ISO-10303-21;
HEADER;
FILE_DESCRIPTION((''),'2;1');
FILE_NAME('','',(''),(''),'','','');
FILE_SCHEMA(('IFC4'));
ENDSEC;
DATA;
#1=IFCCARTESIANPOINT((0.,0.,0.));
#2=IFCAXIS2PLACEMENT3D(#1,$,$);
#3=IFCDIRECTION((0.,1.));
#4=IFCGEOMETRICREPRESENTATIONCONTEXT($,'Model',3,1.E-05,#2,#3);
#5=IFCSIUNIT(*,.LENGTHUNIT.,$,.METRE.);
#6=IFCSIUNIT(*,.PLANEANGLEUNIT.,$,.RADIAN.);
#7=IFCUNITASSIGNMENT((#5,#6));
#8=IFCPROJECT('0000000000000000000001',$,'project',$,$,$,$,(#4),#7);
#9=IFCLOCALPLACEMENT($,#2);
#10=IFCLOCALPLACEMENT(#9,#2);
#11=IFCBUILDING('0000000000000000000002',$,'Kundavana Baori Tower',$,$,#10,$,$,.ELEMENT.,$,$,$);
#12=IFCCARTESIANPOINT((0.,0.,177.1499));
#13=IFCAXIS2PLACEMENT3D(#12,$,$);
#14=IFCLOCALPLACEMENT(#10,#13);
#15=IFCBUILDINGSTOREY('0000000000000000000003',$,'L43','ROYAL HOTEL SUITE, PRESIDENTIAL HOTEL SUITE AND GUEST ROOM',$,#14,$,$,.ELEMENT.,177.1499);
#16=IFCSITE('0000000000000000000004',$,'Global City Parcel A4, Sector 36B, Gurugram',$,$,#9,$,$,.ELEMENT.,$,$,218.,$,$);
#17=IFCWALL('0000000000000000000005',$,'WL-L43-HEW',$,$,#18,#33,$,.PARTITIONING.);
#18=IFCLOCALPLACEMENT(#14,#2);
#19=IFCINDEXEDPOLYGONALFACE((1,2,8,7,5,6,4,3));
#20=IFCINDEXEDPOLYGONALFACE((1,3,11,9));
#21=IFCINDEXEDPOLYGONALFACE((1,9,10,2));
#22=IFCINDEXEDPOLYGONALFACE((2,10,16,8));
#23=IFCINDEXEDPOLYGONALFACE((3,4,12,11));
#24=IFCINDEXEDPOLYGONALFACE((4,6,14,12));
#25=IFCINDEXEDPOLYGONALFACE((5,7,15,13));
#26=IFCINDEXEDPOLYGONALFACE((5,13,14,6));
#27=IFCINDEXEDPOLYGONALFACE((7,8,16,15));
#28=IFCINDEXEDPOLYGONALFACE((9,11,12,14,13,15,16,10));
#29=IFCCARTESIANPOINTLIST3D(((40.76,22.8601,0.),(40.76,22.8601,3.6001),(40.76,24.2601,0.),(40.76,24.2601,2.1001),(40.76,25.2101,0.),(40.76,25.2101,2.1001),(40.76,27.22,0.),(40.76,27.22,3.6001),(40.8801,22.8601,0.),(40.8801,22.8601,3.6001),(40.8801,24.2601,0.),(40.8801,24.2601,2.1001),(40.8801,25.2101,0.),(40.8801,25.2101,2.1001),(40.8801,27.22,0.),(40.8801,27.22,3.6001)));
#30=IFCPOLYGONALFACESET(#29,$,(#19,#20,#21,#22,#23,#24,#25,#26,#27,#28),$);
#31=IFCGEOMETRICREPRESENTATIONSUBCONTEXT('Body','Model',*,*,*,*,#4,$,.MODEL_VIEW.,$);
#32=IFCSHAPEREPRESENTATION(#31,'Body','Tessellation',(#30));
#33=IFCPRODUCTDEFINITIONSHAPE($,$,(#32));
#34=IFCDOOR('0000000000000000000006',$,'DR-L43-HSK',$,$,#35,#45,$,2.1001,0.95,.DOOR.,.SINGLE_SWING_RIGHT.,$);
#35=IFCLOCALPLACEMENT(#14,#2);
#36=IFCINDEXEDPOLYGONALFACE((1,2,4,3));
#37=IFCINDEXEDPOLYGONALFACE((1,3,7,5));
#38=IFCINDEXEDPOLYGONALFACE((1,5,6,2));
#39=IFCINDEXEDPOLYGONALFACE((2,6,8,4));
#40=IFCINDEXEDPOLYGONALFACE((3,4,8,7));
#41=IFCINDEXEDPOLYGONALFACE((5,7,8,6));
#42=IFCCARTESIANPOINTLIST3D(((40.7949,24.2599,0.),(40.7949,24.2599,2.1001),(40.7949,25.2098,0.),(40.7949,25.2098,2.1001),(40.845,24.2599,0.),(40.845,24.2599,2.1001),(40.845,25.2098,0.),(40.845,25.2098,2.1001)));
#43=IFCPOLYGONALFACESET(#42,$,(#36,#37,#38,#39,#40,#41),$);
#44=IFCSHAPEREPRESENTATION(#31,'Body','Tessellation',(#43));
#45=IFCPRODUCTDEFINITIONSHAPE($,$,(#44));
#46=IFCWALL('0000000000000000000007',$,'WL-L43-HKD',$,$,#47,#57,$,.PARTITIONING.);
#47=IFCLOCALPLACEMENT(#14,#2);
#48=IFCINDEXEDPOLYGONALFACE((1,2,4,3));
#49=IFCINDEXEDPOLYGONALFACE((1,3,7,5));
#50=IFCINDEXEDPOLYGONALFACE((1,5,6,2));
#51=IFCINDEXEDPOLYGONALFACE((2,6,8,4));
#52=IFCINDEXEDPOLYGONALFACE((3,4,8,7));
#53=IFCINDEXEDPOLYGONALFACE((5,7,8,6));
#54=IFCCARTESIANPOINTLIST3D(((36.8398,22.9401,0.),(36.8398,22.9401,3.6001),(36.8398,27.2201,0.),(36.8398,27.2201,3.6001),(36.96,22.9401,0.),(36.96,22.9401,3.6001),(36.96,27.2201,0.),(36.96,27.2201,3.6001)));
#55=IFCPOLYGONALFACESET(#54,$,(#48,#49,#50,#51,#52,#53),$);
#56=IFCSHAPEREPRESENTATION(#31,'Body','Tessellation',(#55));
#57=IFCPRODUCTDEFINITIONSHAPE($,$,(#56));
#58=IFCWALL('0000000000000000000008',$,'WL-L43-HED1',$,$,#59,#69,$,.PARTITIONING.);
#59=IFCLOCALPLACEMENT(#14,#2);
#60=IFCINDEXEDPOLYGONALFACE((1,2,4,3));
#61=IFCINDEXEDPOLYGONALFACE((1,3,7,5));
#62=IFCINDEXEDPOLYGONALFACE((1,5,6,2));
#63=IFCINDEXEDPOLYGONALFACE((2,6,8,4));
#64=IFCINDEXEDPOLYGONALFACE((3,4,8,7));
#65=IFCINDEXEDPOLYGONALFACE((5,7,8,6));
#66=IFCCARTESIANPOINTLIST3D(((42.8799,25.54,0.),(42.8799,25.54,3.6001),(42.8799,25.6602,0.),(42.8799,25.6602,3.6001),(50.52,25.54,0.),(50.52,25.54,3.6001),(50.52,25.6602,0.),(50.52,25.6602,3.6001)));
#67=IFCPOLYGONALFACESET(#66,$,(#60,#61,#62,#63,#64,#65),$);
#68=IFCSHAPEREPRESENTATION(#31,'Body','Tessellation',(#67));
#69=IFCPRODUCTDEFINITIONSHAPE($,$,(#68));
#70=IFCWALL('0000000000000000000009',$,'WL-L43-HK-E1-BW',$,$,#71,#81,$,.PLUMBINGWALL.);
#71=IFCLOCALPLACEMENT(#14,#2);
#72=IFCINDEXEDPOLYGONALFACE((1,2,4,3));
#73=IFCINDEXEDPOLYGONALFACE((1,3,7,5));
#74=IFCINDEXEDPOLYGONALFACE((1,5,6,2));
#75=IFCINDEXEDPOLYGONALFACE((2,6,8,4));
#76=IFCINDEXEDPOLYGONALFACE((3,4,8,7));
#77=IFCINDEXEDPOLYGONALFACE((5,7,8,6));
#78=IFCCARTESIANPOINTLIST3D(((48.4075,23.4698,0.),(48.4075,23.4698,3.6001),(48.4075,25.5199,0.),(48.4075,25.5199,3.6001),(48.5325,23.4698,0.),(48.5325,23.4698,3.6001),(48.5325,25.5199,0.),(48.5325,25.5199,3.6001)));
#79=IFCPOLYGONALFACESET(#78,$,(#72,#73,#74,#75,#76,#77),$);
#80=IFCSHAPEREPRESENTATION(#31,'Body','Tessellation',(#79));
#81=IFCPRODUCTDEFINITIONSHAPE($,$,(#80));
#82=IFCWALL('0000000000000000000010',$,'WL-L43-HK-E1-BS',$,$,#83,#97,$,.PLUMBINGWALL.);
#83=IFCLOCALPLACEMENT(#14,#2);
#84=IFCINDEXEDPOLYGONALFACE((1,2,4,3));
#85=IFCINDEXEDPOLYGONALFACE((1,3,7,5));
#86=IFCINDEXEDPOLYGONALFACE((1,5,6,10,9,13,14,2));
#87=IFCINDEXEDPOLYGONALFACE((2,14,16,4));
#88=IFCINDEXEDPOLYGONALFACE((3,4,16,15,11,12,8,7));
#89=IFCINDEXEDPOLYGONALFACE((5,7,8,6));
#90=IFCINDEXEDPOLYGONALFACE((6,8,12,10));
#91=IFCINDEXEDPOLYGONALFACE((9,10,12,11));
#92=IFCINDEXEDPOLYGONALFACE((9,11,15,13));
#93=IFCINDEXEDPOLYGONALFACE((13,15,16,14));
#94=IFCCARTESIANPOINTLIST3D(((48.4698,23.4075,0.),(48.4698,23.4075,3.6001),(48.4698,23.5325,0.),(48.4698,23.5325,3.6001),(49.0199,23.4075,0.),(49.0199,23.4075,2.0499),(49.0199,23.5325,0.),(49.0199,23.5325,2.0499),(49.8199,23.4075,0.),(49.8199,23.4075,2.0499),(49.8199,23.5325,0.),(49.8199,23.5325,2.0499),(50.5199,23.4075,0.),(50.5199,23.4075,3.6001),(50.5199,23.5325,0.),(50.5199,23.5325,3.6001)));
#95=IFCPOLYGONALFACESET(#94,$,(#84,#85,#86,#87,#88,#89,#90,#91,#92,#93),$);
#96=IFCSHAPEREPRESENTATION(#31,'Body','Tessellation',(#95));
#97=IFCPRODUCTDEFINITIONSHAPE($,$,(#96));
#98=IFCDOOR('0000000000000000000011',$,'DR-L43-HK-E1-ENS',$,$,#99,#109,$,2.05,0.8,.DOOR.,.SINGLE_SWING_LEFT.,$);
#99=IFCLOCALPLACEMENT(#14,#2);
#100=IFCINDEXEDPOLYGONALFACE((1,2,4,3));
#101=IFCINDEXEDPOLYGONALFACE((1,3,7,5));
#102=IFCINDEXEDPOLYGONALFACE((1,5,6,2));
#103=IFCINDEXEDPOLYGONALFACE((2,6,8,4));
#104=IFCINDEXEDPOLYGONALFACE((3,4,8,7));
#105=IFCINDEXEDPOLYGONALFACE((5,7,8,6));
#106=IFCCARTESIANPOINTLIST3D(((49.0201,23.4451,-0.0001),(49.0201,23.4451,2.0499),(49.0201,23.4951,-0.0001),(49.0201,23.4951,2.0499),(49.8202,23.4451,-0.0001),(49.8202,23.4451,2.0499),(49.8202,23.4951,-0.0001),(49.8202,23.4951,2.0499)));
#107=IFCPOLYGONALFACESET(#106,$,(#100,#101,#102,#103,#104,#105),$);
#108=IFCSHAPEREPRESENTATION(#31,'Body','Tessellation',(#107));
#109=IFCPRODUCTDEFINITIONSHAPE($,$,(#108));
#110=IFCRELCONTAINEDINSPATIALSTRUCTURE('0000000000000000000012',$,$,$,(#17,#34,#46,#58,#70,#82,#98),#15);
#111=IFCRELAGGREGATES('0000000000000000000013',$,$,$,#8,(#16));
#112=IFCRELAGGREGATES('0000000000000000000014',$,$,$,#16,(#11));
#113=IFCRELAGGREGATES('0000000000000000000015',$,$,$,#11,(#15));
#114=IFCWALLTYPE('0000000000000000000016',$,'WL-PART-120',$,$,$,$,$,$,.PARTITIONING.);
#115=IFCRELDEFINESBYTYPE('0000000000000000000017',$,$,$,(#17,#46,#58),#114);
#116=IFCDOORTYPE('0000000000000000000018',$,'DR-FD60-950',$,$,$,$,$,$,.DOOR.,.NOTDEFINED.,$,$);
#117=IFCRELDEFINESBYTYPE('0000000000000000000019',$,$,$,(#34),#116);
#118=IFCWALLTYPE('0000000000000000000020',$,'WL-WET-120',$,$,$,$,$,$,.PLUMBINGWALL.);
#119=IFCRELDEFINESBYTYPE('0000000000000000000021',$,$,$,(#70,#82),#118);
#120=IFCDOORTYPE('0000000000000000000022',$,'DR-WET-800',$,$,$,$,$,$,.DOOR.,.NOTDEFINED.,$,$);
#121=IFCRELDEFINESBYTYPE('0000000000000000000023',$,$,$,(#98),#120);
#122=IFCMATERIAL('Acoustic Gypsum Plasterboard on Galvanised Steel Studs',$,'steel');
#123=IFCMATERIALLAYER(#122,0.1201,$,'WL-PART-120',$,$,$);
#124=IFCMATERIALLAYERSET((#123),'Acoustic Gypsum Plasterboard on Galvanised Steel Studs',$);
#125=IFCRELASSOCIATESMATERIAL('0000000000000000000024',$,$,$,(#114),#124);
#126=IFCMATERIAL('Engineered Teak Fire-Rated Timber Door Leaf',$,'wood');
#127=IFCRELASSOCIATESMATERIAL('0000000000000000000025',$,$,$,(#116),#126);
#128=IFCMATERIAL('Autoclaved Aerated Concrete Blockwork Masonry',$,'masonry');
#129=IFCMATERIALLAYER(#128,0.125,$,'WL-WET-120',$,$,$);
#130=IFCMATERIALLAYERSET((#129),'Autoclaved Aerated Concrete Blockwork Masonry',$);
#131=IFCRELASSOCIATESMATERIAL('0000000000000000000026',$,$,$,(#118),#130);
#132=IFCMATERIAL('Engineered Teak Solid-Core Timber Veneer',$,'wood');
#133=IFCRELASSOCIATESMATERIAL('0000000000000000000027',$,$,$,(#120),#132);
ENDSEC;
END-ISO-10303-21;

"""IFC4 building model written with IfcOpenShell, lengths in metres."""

from ifc_helpers import new_model, si_unit, direction, frame, frame_2d, origin, place, context, subcontext, project, spatial, rectangle, extrude, material, layer, layer_set, type_object, element, fill, save


model = new_model("IFC4")

# Units and contexts
model_context = context("Model", 3, precision=1e-05, world=origin(), true_north=direction((0.0, 1.0)))
body_context = subcontext(model_context, "Body", "Model", "MODEL_VIEW")
ifc_project = project(units=[si_unit("LENGTHUNIT", "METRE"), si_unit("PLANEANGLEUNIT", "RADIAN")], contexts=[model_context])

# Site, building, storey
site_placement = place(None, origin())
site = spatial("IfcSite", under=ifc_project, at=site_placement, Name="Global City Parcel A4, Sector 36B, Gurugram", CompositionType="ELEMENT", RefElevation=218.0)
building_placement = place(site_placement, origin())
building = spatial("IfcBuilding", under=site, at=building_placement, Name="Kundavana Baori Tower", CompositionType="ELEMENT")
storey_placement = place(building_placement, frame((0.0, 0.0, 177.1499)))
storey = spatial("IfcBuildingStorey", under=building, at=storey_placement, Name="L43", Description="ROYAL HOTEL SUITE, PRESIDENTIAL HOTEL SUITE AND GUEST ROOM", CompositionType="ELEMENT", Elevation=177.1499)

# Shared definitions
ifc_material_1 = material(Name="Acoustic Gypsum Plasterboard on Galvanised Steel Studs", Category="steel")
ifc_layer_1 = layer(ifc_material_1, 0.1201, Name="WL-PART-120")
ifc_layer_set_1 = layer_set([ifc_layer_1], Name="Acoustic Gypsum Plasterboard on Galvanised Steel Studs")
wall_type_1 = type_object("IfcWallType", Name="WL-PART-120", PredefinedType="PARTITIONING", material=ifc_layer_set_1)
ifc_material_2 = material(Name="Engineered Teak Fire-Rated Timber Door Leaf", Category="wood")
door_type_1 = type_object("IfcDoorType", Name="DR-FD60-950", OperationType="NOTDEFINED", PredefinedType="DOOR", material=ifc_material_2)

# Wall, opening, door
wall_1_placement = place(storey_placement, frame((40.8201, 22.8601, 0.0), z_axis=(0.0, 0.0, 1.0), x_axis=(0.0, 1.0, 0.0)))
wall_1 = element("IfcWall", 1, at=wall_1_placement, inside=storey, type_object=wall_type_1, Name="WL-L43-HEW", PredefinedType="PARTITIONING", context=body_context, shape_type="SweptSolid", body=[
    extrude(rectangle(XDim=4.3599, YDim=0.1201, at=frame_2d((2.1799, 0.0))), origin(), (0.0, 0.0, 1.0), 3.6001),
])
opening_1_placement = place(wall_1_placement, frame((1.3999, 0.0, 0.0)))
opening_1 = element("IfcOpeningElement", 2, at=opening_1_placement, cuts=wall_1, PredefinedType="OPENING", context=body_context, shape_type="SweptSolid", body=[
    extrude(rectangle(XDim=0.95, YDim=2.1001, at=frame_2d((0.4751, 1.05))), frame((0.0, 0.0701, 0.0), z_axis=(0.0, -1.0, 0.0), x_axis=(1.0, 0.0, 0.0)), (0.0, 0.0, 1.0), 0.1401),
])
door_1_placement = place(opening_1_placement, frame((0.95, 0.0, 0.0), z_axis=(0.0, 0.0, 1.0), x_axis=(-1.0, 0.0, 0.0)))
door_1 = element("IfcDoor", 3, at=door_1_placement, inside=storey, type_object=door_type_1, Name="DR-L43-HSK", OperationType="SINGLE_SWING_RIGHT", OverallHeight=2.1001, OverallWidth=0.95, PredefinedType="DOOR", context=body_context, shape_type="SweptSolid", body=[
    extrude(rectangle(XDim=0.95, YDim=2.1001, at=frame_2d((0.4751, 1.05))), frame((0.0, 0.0249, 0.0), z_axis=(0.0, -1.0, 0.0), x_axis=(1.0, 0.0, 0.0)), (0.0, 0.0, 1.0), 0.05),
])
fill(opening_1, door_1)

# Walls
wall_2_placement = place(storey_placement, frame((36.8999, 22.9399, 0.0), z_axis=(0.0, 0.0, 1.0), x_axis=(0.0, 1.0, 0.0)))
element("IfcWall", 4, at=wall_2_placement, inside=storey, type_object=wall_type_1, Name="WL-L43-HKD", PredefinedType="PARTITIONING", context=body_context, shape_type="SweptSolid", body=[
    extrude(rectangle(XDim=4.28, YDim=0.1201, at=frame_2d((2.1401, 0.0))), origin(), (0.0, 0.0, 1.0), 3.6001),
])
wall_3_placement = place(storey_placement, frame((42.8799, 25.6001, 0.0), z_axis=(0.0, 0.0, 1.0), x_axis=(1.0, 0.0, 0.0)))
element("IfcWall", 5, at=wall_3_placement, inside=storey, type_object=wall_type_1, Name="WL-L43-HED1", PredefinedType="PARTITIONING", context=body_context, shape_type="SweptSolid", body=[
    extrude(rectangle(XDim=7.6401, YDim=0.1201, at=frame_2d((3.8201, 0.0))), origin(), (0.0, 0.0, 1.0), 3.6001),
])
ifc_material_3 = material(Name="Autoclaved Aerated Concrete Blockwork Masonry", Category="masonry")
ifc_layer_2 = layer(ifc_material_3, 0.125, Name="WL-WET-120")
ifc_layer_set_2 = layer_set([ifc_layer_2], Name="Autoclaved Aerated Concrete Blockwork Masonry")
wall_type_2 = type_object("IfcWallType", Name="WL-WET-120", PredefinedType="PLUMBINGWALL", material=ifc_layer_set_2)
wall_4_placement = place(storey_placement, frame((48.47, 23.47, 0.0), z_axis=(0.0, 0.0, 1.0), x_axis=(0.0, 1.0, 0.0)))
element("IfcWall", 6, at=wall_4_placement, inside=storey, type_object=wall_type_2, Name="WL-L43-HK-E1-BW", PredefinedType="PLUMBINGWALL", context=body_context, shape_type="SweptSolid", body=[
    extrude(rectangle(XDim=2.05, YDim=0.125, at=frame_2d((1.0249, 0.0))), origin(), (0.0, 0.0, 1.0), 3.6001),
])

# Wall, opening, door
wall_5_placement = place(storey_placement, frame((48.47, 23.47, 0.0), z_axis=(0.0, 0.0, 1.0), x_axis=(1.0, 0.0, 0.0)))
wall_5 = element("IfcWall", 7, at=wall_5_placement, inside=storey, type_object=wall_type_2, Name="WL-L43-HK-E1-BS", PredefinedType="PLUMBINGWALL", context=body_context, shape_type="SweptSolid", body=[
    extrude(rectangle(XDim=2.05, YDim=0.125, at=frame_2d((1.0249, 0.0))), origin(), (0.0, 0.0, 1.0), 3.6001),
])
opening_2_placement = place(wall_5_placement, frame((0.55, 0.0, 0.0)))
opening_2 = element("IfcOpeningElement", 8, at=opening_2_placement, cuts=wall_5, PredefinedType="OPENING", context=body_context, shape_type="SweptSolid", body=[
    extrude(rectangle(XDim=0.8, YDim=2.05, at=frame_2d((0.3999, 1.0249))), frame((0.0, 0.0725, 0.0), z_axis=(0.0, -1.0, 0.0), x_axis=(1.0, 0.0, 0.0)), (0.0, 0.0, 1.0), 0.145),
])
ifc_material_4 = material(Name="Engineered Teak Solid-Core Timber Veneer", Category="wood")
door_type_2 = type_object("IfcDoorType", Name="DR-WET-800", OperationType="NOTDEFINED", PredefinedType="DOOR", material=ifc_material_4)
door_2_placement = place(opening_2_placement, frame((0.8, 0.0, 0.0), z_axis=(0.0, 0.0, 1.0), x_axis=(-1.0, 0.0, 0.0)))
door_2 = element("IfcDoor", 9, at=door_2_placement, inside=storey, type_object=door_type_2, Name="DR-L43-HK-E1-ENS", OperationType="SINGLE_SWING_LEFT", OverallHeight=2.05, OverallWidth=0.8, PredefinedType="DOOR", context=body_context, shape_type="SweptSolid", body=[
    extrude(rectangle(XDim=0.8, YDim=2.05, at=frame_2d((0.3999, 1.0249))), frame((0.0, 0.0249, 0.0), z_axis=(0.0, -1.0, 0.0), x_axis=(1.0, 0.0, 0.0)), (0.0, 0.0, 1.0), 0.05),
])
fill(opening_2, door_2)

save(model, "model.ifc")
